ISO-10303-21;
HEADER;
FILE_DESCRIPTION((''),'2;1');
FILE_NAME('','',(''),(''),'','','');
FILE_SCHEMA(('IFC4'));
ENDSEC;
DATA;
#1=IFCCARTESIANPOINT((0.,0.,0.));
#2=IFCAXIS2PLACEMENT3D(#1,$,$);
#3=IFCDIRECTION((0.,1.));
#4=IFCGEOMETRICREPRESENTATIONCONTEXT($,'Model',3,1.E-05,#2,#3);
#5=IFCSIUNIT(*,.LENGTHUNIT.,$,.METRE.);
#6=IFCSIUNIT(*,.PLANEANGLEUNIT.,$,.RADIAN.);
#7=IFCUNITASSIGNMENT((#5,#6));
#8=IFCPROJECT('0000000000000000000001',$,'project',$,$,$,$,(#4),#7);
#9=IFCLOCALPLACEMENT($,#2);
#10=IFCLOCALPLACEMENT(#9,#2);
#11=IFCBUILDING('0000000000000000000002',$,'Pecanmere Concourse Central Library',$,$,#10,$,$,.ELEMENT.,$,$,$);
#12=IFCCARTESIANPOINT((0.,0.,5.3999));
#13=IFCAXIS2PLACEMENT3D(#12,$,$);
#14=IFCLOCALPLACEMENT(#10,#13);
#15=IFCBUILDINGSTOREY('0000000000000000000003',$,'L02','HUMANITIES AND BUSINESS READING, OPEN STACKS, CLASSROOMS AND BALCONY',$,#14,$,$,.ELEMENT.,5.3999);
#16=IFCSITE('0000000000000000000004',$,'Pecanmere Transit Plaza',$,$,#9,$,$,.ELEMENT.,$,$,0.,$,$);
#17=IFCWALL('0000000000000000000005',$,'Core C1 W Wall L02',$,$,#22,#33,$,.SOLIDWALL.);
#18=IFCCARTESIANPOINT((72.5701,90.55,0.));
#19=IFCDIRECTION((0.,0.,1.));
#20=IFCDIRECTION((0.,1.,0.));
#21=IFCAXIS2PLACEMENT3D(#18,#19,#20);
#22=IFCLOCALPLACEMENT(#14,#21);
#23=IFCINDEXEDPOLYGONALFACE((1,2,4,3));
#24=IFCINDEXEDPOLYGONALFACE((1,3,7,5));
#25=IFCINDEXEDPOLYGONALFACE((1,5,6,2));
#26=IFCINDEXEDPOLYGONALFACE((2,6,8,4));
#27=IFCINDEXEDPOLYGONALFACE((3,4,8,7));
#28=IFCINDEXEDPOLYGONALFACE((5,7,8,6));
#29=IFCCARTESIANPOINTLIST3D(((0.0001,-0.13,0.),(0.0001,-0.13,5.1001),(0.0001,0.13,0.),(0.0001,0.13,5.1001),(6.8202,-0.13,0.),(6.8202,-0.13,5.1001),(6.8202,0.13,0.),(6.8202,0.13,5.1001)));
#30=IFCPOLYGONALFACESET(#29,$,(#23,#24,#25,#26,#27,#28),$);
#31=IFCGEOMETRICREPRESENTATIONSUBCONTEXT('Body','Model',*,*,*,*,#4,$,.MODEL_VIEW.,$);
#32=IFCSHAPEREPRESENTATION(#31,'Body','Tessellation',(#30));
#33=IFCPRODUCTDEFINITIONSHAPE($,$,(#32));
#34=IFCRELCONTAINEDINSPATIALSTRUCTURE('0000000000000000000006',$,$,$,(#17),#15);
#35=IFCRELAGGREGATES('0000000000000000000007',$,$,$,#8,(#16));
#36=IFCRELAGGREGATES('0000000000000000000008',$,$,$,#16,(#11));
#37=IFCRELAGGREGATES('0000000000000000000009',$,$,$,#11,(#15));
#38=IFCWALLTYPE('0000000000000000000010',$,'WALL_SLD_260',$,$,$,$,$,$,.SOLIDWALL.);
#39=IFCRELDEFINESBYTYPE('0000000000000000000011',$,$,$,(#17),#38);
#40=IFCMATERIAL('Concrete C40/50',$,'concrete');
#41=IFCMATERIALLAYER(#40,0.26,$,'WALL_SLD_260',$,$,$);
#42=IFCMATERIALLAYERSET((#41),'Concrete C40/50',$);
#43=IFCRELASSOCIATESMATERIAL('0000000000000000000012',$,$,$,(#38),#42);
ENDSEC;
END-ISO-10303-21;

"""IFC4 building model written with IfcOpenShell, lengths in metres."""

from ifc_helpers import new_model, si_unit, direction, frame, frame_2d, origin, place, context, subcontext, project, spatial, rectangle, extrude, material, layer, layer_set, type_object, element, save


model = new_model("IFC4")

# Units and contexts
model_context = context("Model", 3, precision=1e-05, world=origin(), true_north=direction((0.0, 1.0)))
body_context = subcontext(model_context, "Body", "Model", "MODEL_VIEW")
ifc_project = project(units=[si_unit("LENGTHUNIT", "METRE"), si_unit("PLANEANGLEUNIT", "RADIAN")], contexts=[model_context])

# Site, building, storey
site_placement = place(None, origin())
site = spatial("IfcSite", under=ifc_project, at=site_placement, Name="Pecanmere Transit Plaza", CompositionType="ELEMENT", RefElevation=0.0)
building_placement = place(site_placement, origin())
building = spatial("IfcBuilding", under=site, at=building_placement, Name="Pecanmere Concourse Central Library", CompositionType="ELEMENT")
storey_placement = place(building_placement, frame((0.0, 0.0, 5.3999)))
storey = spatial("IfcBuildingStorey", under=building, at=storey_placement, Name="L02", Description="HUMANITIES AND BUSINESS READING, OPEN STACKS, CLASSROOMS AND BALCONY", CompositionType="ELEMENT", Elevation=5.3999)

# Shared definitions
ifc_material_1 = material(Name="Concrete C40/50", Category="concrete")
ifc_layer_1 = layer(ifc_material_1, 0.26, Name="WALL_SLD_260")
ifc_layer_set_1 = layer_set([ifc_layer_1], Name="Concrete C40/50")
wall_type_1 = type_object("IfcWallType", Name="WALL_SLD_260", PredefinedType="SOLIDWALL", material=ifc_layer_set_1)

# Wall
wall_1_placement = place(storey_placement, frame((72.5701, 90.55, 0.0), z_axis=(0.0, 0.0, 1.0), x_axis=(0.0, 1.0, 0.0)))
element("IfcWall", 1, at=wall_1_placement, inside=storey, type_object=wall_type_1, Name="Core C1 W Wall L02", PredefinedType="SOLIDWALL", context=body_context, shape_type="SweptSolid", body=[
    extrude(rectangle(XDim=6.8201, YDim=0.26, at=frame_2d((3.4102, 0.0))), origin(), (0.0, 0.0, 1.0), 5.1001),
])

save(model, "model.ifc")
